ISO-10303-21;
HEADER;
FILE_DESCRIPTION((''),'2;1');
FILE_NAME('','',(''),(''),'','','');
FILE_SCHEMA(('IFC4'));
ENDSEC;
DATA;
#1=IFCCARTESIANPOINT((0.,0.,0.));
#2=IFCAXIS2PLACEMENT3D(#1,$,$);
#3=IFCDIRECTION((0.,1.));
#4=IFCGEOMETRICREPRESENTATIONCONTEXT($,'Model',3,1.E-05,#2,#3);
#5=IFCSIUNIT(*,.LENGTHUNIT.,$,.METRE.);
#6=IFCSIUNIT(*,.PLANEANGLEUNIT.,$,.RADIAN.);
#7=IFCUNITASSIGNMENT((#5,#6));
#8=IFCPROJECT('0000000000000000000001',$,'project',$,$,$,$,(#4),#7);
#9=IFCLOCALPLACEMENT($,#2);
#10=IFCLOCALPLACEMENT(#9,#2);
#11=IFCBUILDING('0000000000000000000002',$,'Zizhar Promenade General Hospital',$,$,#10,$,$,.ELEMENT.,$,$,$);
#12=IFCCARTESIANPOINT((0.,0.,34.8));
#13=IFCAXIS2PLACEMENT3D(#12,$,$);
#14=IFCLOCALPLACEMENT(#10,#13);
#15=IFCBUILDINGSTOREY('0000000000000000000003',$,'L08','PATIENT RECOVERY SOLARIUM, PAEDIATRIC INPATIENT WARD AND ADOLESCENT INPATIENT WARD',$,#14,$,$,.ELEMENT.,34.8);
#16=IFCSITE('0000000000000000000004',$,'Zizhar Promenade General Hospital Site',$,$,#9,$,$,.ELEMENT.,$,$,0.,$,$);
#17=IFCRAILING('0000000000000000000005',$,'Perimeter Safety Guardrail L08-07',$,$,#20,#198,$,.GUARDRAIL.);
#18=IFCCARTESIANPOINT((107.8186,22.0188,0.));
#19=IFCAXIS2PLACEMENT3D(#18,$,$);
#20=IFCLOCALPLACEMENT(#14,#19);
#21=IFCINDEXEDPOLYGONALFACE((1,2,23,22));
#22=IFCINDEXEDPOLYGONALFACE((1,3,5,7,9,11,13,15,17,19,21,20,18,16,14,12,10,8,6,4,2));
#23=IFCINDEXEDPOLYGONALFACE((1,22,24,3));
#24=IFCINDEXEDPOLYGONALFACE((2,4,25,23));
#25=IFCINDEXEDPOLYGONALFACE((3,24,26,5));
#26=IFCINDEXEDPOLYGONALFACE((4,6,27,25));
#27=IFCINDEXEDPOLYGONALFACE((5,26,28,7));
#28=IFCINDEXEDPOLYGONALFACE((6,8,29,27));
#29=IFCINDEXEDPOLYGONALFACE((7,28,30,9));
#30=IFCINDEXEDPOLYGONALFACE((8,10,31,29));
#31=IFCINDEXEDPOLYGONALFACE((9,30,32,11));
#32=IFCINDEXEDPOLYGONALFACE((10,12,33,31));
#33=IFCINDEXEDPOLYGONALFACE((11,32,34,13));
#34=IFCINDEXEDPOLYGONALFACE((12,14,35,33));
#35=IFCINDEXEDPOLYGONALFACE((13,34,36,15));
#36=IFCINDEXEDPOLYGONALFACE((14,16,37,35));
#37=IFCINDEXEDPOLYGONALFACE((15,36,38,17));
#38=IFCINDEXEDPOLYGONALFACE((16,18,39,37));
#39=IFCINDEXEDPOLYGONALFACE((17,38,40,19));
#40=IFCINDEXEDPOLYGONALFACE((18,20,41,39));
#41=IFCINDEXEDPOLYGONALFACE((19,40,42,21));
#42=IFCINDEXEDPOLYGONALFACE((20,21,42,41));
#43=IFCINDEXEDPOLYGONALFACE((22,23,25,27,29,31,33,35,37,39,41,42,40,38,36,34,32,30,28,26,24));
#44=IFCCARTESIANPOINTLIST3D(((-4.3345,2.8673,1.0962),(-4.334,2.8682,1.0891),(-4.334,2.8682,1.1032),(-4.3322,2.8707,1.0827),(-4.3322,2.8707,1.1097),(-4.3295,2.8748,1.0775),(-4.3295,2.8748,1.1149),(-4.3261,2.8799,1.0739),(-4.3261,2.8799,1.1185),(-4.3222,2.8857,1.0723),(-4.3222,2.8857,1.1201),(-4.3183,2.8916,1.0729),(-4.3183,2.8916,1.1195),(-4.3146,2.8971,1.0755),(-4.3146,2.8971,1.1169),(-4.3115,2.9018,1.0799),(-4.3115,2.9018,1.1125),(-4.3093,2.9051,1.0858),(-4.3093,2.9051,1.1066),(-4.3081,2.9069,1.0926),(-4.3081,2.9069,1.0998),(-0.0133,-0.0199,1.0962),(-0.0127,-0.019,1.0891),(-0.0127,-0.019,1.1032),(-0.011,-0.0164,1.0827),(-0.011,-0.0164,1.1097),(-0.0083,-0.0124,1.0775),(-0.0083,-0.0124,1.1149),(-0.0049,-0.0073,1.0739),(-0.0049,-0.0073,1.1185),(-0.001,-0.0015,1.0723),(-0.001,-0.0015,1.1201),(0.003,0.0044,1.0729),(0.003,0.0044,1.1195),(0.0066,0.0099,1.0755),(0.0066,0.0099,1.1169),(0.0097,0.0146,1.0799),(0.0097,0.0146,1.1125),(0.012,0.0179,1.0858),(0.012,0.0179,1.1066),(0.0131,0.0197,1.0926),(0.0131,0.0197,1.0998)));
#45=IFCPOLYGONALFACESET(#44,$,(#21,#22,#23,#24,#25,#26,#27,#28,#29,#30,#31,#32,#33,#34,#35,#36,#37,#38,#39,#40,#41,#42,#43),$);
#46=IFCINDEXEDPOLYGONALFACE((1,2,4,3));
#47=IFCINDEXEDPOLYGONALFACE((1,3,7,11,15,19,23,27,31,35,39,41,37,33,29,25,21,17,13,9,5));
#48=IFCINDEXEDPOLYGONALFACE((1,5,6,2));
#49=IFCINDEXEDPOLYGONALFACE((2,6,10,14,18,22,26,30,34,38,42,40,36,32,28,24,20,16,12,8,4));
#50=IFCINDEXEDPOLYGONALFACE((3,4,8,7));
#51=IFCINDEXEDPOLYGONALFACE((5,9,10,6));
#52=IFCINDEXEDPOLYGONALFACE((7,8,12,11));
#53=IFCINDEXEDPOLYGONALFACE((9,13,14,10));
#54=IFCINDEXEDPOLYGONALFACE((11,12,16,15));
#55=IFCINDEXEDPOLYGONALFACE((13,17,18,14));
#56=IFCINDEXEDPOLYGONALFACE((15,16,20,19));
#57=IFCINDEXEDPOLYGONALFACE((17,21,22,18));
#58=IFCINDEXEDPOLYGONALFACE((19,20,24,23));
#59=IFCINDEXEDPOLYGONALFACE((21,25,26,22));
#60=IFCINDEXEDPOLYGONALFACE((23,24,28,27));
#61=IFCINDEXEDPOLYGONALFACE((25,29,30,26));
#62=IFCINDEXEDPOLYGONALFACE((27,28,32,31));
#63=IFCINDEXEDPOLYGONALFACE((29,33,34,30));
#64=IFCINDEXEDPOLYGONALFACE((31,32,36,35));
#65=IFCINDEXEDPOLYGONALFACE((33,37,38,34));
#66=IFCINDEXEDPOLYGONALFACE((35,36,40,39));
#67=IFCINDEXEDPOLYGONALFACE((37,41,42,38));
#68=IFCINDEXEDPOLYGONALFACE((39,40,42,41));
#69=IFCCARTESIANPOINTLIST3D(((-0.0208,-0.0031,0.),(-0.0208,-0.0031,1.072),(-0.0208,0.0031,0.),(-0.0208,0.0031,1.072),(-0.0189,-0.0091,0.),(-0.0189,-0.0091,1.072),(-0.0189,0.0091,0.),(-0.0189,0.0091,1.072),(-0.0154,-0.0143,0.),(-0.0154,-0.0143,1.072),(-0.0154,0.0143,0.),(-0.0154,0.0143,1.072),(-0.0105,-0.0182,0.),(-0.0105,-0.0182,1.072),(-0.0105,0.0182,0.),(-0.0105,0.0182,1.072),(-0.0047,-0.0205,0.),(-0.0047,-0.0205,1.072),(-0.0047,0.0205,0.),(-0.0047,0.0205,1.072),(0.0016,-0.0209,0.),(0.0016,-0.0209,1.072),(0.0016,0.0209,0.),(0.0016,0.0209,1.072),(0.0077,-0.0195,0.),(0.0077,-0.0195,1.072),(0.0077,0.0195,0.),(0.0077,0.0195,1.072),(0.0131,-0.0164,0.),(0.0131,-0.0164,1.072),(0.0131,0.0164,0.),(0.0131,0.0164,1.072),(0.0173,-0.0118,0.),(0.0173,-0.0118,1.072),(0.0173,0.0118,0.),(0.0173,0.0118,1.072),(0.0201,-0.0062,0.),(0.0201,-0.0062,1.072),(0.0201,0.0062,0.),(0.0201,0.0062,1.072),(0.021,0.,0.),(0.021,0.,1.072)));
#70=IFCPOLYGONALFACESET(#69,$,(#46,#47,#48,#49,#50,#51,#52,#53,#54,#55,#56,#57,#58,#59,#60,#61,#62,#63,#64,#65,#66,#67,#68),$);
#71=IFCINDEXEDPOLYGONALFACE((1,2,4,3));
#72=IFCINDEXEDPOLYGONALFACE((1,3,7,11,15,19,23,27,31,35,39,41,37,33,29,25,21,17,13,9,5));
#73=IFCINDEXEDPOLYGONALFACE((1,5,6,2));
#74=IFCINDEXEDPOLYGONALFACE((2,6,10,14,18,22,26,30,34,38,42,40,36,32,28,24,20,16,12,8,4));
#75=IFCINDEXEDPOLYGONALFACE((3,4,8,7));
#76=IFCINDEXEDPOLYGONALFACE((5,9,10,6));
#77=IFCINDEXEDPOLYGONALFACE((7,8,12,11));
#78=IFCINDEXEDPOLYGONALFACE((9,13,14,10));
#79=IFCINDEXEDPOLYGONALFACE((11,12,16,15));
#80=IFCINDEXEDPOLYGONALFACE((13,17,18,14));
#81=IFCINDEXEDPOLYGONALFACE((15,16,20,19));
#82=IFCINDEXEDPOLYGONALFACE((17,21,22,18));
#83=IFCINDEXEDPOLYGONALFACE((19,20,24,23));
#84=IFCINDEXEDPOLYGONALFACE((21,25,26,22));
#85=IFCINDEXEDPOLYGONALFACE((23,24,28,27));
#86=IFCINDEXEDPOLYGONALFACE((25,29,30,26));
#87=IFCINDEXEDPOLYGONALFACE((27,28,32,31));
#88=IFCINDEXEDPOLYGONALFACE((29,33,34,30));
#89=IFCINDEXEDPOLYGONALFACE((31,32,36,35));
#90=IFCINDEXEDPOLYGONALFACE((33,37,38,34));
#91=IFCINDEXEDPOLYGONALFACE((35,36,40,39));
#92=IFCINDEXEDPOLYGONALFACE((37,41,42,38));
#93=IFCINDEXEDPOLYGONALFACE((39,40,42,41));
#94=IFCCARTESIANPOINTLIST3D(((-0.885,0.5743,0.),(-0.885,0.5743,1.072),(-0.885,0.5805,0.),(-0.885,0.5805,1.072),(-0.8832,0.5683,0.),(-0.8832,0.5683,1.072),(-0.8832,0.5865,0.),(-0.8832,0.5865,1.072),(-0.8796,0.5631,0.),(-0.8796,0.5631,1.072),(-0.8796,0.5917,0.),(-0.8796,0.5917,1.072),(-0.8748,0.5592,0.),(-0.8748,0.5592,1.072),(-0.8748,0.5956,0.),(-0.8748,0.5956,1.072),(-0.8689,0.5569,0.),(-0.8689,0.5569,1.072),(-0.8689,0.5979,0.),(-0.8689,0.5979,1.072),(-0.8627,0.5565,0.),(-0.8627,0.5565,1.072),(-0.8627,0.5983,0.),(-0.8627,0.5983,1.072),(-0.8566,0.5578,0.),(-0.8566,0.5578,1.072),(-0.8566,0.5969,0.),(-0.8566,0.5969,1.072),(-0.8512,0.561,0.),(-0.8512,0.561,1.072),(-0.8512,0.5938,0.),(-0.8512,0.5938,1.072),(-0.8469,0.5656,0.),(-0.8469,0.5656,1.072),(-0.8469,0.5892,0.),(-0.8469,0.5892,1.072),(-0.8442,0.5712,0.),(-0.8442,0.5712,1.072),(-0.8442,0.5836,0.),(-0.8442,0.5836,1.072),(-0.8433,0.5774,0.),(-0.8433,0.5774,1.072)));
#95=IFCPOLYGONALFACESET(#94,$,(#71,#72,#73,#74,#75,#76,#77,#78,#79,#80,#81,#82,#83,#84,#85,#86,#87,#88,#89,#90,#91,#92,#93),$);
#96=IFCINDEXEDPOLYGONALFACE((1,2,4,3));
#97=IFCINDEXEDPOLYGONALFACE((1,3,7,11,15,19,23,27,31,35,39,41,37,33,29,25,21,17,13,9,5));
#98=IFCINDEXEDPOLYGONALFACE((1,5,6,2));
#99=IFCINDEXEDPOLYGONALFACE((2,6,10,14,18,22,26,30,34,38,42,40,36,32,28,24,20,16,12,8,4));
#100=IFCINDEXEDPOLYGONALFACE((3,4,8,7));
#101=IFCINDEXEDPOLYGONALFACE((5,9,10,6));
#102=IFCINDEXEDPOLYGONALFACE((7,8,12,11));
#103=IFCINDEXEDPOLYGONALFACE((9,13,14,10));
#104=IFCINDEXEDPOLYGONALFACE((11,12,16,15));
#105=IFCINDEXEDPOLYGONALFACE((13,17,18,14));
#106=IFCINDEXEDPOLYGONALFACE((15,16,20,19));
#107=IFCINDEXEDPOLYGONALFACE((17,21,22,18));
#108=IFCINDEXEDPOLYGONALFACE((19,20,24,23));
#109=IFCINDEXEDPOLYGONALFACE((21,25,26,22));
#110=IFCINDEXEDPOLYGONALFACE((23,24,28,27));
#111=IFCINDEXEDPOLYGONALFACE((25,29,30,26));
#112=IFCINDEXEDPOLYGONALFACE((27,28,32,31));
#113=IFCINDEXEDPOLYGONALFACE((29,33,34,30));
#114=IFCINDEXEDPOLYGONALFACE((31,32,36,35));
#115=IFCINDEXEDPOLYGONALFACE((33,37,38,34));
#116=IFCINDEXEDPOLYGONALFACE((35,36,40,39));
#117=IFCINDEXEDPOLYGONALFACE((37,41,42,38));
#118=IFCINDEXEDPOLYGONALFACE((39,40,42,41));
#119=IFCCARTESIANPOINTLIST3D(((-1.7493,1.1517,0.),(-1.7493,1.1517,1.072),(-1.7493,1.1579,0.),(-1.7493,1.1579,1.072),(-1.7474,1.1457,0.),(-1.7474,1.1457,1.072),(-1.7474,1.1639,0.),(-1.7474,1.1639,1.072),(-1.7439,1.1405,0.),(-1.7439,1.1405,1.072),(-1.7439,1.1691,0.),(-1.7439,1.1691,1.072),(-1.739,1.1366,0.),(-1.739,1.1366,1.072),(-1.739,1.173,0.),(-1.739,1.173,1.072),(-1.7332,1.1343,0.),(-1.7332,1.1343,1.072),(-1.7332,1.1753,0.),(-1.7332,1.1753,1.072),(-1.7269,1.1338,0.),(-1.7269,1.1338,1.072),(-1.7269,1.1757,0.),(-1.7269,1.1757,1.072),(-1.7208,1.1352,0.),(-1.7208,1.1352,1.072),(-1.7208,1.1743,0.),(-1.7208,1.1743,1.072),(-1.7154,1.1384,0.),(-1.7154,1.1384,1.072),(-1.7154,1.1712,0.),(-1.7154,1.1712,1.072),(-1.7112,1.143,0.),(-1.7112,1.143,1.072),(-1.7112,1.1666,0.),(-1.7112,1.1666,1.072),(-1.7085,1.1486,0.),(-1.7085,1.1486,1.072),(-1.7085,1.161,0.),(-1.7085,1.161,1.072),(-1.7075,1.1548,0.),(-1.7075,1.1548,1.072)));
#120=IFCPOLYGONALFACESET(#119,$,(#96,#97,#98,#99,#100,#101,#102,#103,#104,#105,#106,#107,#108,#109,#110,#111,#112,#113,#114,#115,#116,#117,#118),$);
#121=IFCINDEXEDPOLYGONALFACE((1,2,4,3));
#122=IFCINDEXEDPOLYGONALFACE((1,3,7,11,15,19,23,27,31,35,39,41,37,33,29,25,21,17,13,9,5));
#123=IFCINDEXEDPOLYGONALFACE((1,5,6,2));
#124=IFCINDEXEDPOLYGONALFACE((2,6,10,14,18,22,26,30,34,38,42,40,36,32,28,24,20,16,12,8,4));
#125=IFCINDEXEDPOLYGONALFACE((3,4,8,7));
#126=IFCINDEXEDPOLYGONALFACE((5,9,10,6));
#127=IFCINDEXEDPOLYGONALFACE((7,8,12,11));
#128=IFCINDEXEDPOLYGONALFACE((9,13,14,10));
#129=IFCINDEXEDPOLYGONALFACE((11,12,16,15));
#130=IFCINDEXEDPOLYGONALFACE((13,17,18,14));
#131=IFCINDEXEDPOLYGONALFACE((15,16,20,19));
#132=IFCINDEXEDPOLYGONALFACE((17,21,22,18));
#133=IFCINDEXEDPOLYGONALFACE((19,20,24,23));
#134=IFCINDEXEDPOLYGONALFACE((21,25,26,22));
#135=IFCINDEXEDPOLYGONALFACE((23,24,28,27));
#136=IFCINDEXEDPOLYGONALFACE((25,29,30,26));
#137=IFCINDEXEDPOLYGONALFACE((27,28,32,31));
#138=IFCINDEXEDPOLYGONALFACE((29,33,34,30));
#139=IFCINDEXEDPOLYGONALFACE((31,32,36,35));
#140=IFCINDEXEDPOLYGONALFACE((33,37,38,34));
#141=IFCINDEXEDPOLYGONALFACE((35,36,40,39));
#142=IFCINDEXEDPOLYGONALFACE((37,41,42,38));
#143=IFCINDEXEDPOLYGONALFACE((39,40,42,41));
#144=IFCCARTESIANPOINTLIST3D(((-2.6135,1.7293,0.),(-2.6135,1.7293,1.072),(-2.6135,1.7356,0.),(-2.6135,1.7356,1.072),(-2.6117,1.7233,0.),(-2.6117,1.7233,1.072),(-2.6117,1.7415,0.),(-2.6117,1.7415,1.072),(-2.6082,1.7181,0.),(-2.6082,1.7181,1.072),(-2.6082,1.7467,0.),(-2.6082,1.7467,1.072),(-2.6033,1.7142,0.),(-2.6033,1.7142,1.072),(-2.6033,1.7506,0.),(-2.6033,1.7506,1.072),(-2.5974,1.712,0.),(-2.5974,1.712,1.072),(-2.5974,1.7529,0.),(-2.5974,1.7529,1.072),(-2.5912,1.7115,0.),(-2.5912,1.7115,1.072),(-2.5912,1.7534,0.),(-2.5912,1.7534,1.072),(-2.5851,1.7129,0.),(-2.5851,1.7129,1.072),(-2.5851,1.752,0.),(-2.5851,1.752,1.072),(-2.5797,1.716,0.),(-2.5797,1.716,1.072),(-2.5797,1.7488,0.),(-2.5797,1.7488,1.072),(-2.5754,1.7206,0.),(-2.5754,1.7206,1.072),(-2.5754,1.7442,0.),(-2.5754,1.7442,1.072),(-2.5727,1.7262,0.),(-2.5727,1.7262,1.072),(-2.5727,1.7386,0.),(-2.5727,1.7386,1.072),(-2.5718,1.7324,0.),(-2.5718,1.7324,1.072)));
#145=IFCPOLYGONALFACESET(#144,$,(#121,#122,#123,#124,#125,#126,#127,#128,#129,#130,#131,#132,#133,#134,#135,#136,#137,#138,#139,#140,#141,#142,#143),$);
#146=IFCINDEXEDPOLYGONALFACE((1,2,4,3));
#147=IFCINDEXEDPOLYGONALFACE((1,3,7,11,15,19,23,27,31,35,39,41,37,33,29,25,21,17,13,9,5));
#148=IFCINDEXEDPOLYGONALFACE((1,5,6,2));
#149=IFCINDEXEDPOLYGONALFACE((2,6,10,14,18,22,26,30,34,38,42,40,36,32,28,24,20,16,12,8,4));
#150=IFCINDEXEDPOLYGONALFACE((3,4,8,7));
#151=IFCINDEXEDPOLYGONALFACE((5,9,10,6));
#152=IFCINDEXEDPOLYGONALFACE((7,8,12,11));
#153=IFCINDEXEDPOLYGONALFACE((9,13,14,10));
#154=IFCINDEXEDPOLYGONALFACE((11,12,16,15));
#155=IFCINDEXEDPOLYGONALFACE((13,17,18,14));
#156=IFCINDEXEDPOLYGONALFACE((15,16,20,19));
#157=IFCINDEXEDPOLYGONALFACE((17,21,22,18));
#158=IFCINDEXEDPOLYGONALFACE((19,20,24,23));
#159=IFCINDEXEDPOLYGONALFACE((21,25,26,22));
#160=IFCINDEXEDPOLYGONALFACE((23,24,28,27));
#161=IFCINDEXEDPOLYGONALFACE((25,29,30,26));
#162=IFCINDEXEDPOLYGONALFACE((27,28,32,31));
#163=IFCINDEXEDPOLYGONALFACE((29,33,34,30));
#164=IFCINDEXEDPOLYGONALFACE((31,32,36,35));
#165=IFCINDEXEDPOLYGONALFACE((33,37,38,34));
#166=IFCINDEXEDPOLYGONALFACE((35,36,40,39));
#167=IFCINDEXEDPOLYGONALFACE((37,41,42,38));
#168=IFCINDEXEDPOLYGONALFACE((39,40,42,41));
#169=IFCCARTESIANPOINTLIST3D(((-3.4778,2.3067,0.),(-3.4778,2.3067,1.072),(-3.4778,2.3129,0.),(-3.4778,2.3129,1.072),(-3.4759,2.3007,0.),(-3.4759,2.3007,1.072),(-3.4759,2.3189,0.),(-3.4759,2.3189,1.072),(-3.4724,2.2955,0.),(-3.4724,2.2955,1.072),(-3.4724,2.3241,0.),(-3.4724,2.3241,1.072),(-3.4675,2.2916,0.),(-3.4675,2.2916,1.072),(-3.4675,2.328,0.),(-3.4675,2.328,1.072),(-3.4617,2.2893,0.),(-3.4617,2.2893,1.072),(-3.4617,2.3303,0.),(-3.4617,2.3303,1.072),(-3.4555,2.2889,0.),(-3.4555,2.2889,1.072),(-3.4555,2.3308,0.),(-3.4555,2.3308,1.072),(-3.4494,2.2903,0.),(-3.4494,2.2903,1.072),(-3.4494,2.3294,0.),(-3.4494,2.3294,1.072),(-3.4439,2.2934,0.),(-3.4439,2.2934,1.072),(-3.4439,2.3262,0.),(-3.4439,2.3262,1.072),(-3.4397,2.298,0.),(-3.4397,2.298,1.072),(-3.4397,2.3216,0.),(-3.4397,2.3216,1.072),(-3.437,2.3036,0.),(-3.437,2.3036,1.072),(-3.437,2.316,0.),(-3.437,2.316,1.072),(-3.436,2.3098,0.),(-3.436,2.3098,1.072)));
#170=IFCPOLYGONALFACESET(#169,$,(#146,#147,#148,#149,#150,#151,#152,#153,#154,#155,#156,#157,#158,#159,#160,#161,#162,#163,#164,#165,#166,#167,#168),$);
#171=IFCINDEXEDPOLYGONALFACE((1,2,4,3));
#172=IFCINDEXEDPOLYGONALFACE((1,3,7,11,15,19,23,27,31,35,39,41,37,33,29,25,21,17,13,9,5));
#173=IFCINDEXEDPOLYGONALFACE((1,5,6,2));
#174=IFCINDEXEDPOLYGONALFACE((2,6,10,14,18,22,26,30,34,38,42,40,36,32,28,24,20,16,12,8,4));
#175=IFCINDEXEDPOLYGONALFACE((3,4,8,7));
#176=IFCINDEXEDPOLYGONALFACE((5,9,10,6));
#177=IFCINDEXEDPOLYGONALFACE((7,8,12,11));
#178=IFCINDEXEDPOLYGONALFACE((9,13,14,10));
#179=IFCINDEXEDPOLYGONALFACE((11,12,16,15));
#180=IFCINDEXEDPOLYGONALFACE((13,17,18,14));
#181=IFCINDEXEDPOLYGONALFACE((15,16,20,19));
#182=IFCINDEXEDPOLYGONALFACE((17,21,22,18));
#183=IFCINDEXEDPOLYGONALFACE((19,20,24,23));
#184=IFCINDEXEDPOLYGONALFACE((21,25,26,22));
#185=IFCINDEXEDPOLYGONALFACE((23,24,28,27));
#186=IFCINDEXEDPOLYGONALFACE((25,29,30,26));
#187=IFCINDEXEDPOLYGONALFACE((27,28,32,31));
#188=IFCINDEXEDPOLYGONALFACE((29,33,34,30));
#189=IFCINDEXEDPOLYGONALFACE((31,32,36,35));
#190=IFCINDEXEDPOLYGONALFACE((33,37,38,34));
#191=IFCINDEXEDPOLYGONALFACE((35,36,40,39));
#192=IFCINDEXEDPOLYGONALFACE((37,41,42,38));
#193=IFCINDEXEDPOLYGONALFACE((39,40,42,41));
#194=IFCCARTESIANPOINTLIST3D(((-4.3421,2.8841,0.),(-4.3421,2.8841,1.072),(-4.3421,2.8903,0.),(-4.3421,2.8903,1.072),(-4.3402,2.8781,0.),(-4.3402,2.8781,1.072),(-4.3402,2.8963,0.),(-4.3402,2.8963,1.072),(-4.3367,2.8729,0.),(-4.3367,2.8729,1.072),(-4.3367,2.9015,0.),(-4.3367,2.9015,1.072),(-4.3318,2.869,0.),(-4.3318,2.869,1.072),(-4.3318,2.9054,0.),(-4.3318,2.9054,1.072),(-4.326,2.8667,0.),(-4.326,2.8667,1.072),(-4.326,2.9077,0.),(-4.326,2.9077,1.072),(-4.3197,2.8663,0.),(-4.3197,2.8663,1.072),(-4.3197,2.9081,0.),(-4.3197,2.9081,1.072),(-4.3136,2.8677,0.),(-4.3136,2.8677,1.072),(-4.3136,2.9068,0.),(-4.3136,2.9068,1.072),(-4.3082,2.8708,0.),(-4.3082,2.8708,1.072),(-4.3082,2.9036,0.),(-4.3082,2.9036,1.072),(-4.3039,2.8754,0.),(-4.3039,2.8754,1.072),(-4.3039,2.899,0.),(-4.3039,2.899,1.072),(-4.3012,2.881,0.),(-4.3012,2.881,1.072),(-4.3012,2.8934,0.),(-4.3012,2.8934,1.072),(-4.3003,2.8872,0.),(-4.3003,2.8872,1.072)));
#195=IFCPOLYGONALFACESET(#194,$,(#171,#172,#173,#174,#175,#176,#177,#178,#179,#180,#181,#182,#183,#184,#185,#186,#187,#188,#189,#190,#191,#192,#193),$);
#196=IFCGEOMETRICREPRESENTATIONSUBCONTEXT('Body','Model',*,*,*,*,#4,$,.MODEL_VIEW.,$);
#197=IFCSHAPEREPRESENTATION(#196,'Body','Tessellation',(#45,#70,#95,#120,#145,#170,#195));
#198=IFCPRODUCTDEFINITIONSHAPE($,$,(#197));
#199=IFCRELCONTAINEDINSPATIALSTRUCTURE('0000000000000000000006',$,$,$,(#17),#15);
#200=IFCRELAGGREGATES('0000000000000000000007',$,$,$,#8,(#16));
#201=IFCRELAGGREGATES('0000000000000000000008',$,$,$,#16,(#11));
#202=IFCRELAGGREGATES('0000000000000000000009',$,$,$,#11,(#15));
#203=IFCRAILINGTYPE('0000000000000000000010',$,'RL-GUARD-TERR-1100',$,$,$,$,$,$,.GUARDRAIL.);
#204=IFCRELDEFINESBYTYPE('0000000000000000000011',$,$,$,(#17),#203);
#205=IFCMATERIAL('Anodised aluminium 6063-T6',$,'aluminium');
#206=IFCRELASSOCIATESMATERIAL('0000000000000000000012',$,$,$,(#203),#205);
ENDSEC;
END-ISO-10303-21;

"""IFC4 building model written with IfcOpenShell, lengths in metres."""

from ifc_helpers import new_model, si_unit, direction, frame, origin, origin_2d, place, context, subcontext, project, spatial, circle, hollow_circle, extrude, material, material_profile, profile_set, type_object, element, save


model = new_model("IFC4")

# Units and contexts
model_context = context("Model", 3, precision=1e-05, world=origin(), true_north=direction((0.0, 1.0)))
body_context = subcontext(model_context, "Body", "Model", "MODEL_VIEW")
ifc_project = project(units=[si_unit("LENGTHUNIT", "METRE"), si_unit("PLANEANGLEUNIT", "RADIAN")], contexts=[model_context])

# Site, building, storey
site_placement = place(None, origin())
site = spatial("IfcSite", under=ifc_project, at=site_placement, Name="Zizhar Promenade General Hospital Site", CompositionType="ELEMENT", RefElevation=0.0)
building_placement = place(site_placement, origin())
building = spatial("IfcBuilding", under=site, at=building_placement, Name="Zizhar Promenade General Hospital", CompositionType="ELEMENT")
storey_placement = place(building_placement, frame((0.0, 0.0, 34.8)))
storey = spatial("IfcBuildingStorey", under=building, at=storey_placement, Name="L08", Description="PATIENT RECOVERY SOLARIUM, PAEDIATRIC INPATIENT WARD AND ADOLESCENT INPATIENT WARD", CompositionType="ELEMENT", Elevation=34.8)

# Railing
ifc_material_1 = material(Name="Anodised aluminium 6063-T6", Category="aluminium")
ifc_material_profile_1 = material_profile(ifc_material_1, hollow_circle(Radius=0.0698, WallThickness=0.0063, at=origin_2d()))
ifc_profile_set_1 = profile_set([ifc_material_profile_1], Name="Anodised aluminium 6063-T6")
railing_type = type_object("IfcRailingType", Name="RL-GUARD-TERR-1100", PredefinedType="GUARDRAIL", material=ifc_profile_set_1)
railing_1_placement = place(storey_placement, frame((107.8186, 22.0188, 0.0)))
element("IfcRailing", 1, at=railing_1_placement, inside=storey, type_object=railing_type, Name="Perimeter Safety Guardrail L08-07", PredefinedType="GUARDRAIL", context=body_context, shape_type="SweptSolid", body=[
    extrude(circle(Radius=0.0239, at=origin_2d()), frame((0.0, 0.0, 1.0962), z_axis=(-0.831486, 0.555545, 0.0), x_axis=(-0.555545, -0.831486, 0.0)), (0.0, 0.0, 1.0), 5.197),
    extrude(circle(Radius=0.021, at=origin_2d()), origin(), (0.0, 0.0, 1.0), 1.072),
    extrude(circle(Radius=0.021, at=origin_2d()), frame((-0.8643, 0.5774, 0.0)), (0.0, 0.0, 1.0), 1.072),
    extrude(circle(Radius=0.021, at=origin_2d()), frame((-1.7285, 1.1548, 0.0)), (0.0, 0.0, 1.0), 1.072),
    extrude(circle(Radius=0.021, at=origin_2d()), frame((-2.5928, 1.7324, 0.0)), (0.0, 0.0, 1.0), 1.072),
    extrude(circle(Radius=0.021, at=origin_2d()), frame((-3.457, 2.3098, 0.0)), (0.0, 0.0, 1.0), 1.072),
    extrude(circle(Radius=0.021, at=origin_2d()), frame((-4.3213, 2.8872, 0.0)), (0.0, 0.0, 1.0), 1.072),
])

save(model, "model.ifc")
